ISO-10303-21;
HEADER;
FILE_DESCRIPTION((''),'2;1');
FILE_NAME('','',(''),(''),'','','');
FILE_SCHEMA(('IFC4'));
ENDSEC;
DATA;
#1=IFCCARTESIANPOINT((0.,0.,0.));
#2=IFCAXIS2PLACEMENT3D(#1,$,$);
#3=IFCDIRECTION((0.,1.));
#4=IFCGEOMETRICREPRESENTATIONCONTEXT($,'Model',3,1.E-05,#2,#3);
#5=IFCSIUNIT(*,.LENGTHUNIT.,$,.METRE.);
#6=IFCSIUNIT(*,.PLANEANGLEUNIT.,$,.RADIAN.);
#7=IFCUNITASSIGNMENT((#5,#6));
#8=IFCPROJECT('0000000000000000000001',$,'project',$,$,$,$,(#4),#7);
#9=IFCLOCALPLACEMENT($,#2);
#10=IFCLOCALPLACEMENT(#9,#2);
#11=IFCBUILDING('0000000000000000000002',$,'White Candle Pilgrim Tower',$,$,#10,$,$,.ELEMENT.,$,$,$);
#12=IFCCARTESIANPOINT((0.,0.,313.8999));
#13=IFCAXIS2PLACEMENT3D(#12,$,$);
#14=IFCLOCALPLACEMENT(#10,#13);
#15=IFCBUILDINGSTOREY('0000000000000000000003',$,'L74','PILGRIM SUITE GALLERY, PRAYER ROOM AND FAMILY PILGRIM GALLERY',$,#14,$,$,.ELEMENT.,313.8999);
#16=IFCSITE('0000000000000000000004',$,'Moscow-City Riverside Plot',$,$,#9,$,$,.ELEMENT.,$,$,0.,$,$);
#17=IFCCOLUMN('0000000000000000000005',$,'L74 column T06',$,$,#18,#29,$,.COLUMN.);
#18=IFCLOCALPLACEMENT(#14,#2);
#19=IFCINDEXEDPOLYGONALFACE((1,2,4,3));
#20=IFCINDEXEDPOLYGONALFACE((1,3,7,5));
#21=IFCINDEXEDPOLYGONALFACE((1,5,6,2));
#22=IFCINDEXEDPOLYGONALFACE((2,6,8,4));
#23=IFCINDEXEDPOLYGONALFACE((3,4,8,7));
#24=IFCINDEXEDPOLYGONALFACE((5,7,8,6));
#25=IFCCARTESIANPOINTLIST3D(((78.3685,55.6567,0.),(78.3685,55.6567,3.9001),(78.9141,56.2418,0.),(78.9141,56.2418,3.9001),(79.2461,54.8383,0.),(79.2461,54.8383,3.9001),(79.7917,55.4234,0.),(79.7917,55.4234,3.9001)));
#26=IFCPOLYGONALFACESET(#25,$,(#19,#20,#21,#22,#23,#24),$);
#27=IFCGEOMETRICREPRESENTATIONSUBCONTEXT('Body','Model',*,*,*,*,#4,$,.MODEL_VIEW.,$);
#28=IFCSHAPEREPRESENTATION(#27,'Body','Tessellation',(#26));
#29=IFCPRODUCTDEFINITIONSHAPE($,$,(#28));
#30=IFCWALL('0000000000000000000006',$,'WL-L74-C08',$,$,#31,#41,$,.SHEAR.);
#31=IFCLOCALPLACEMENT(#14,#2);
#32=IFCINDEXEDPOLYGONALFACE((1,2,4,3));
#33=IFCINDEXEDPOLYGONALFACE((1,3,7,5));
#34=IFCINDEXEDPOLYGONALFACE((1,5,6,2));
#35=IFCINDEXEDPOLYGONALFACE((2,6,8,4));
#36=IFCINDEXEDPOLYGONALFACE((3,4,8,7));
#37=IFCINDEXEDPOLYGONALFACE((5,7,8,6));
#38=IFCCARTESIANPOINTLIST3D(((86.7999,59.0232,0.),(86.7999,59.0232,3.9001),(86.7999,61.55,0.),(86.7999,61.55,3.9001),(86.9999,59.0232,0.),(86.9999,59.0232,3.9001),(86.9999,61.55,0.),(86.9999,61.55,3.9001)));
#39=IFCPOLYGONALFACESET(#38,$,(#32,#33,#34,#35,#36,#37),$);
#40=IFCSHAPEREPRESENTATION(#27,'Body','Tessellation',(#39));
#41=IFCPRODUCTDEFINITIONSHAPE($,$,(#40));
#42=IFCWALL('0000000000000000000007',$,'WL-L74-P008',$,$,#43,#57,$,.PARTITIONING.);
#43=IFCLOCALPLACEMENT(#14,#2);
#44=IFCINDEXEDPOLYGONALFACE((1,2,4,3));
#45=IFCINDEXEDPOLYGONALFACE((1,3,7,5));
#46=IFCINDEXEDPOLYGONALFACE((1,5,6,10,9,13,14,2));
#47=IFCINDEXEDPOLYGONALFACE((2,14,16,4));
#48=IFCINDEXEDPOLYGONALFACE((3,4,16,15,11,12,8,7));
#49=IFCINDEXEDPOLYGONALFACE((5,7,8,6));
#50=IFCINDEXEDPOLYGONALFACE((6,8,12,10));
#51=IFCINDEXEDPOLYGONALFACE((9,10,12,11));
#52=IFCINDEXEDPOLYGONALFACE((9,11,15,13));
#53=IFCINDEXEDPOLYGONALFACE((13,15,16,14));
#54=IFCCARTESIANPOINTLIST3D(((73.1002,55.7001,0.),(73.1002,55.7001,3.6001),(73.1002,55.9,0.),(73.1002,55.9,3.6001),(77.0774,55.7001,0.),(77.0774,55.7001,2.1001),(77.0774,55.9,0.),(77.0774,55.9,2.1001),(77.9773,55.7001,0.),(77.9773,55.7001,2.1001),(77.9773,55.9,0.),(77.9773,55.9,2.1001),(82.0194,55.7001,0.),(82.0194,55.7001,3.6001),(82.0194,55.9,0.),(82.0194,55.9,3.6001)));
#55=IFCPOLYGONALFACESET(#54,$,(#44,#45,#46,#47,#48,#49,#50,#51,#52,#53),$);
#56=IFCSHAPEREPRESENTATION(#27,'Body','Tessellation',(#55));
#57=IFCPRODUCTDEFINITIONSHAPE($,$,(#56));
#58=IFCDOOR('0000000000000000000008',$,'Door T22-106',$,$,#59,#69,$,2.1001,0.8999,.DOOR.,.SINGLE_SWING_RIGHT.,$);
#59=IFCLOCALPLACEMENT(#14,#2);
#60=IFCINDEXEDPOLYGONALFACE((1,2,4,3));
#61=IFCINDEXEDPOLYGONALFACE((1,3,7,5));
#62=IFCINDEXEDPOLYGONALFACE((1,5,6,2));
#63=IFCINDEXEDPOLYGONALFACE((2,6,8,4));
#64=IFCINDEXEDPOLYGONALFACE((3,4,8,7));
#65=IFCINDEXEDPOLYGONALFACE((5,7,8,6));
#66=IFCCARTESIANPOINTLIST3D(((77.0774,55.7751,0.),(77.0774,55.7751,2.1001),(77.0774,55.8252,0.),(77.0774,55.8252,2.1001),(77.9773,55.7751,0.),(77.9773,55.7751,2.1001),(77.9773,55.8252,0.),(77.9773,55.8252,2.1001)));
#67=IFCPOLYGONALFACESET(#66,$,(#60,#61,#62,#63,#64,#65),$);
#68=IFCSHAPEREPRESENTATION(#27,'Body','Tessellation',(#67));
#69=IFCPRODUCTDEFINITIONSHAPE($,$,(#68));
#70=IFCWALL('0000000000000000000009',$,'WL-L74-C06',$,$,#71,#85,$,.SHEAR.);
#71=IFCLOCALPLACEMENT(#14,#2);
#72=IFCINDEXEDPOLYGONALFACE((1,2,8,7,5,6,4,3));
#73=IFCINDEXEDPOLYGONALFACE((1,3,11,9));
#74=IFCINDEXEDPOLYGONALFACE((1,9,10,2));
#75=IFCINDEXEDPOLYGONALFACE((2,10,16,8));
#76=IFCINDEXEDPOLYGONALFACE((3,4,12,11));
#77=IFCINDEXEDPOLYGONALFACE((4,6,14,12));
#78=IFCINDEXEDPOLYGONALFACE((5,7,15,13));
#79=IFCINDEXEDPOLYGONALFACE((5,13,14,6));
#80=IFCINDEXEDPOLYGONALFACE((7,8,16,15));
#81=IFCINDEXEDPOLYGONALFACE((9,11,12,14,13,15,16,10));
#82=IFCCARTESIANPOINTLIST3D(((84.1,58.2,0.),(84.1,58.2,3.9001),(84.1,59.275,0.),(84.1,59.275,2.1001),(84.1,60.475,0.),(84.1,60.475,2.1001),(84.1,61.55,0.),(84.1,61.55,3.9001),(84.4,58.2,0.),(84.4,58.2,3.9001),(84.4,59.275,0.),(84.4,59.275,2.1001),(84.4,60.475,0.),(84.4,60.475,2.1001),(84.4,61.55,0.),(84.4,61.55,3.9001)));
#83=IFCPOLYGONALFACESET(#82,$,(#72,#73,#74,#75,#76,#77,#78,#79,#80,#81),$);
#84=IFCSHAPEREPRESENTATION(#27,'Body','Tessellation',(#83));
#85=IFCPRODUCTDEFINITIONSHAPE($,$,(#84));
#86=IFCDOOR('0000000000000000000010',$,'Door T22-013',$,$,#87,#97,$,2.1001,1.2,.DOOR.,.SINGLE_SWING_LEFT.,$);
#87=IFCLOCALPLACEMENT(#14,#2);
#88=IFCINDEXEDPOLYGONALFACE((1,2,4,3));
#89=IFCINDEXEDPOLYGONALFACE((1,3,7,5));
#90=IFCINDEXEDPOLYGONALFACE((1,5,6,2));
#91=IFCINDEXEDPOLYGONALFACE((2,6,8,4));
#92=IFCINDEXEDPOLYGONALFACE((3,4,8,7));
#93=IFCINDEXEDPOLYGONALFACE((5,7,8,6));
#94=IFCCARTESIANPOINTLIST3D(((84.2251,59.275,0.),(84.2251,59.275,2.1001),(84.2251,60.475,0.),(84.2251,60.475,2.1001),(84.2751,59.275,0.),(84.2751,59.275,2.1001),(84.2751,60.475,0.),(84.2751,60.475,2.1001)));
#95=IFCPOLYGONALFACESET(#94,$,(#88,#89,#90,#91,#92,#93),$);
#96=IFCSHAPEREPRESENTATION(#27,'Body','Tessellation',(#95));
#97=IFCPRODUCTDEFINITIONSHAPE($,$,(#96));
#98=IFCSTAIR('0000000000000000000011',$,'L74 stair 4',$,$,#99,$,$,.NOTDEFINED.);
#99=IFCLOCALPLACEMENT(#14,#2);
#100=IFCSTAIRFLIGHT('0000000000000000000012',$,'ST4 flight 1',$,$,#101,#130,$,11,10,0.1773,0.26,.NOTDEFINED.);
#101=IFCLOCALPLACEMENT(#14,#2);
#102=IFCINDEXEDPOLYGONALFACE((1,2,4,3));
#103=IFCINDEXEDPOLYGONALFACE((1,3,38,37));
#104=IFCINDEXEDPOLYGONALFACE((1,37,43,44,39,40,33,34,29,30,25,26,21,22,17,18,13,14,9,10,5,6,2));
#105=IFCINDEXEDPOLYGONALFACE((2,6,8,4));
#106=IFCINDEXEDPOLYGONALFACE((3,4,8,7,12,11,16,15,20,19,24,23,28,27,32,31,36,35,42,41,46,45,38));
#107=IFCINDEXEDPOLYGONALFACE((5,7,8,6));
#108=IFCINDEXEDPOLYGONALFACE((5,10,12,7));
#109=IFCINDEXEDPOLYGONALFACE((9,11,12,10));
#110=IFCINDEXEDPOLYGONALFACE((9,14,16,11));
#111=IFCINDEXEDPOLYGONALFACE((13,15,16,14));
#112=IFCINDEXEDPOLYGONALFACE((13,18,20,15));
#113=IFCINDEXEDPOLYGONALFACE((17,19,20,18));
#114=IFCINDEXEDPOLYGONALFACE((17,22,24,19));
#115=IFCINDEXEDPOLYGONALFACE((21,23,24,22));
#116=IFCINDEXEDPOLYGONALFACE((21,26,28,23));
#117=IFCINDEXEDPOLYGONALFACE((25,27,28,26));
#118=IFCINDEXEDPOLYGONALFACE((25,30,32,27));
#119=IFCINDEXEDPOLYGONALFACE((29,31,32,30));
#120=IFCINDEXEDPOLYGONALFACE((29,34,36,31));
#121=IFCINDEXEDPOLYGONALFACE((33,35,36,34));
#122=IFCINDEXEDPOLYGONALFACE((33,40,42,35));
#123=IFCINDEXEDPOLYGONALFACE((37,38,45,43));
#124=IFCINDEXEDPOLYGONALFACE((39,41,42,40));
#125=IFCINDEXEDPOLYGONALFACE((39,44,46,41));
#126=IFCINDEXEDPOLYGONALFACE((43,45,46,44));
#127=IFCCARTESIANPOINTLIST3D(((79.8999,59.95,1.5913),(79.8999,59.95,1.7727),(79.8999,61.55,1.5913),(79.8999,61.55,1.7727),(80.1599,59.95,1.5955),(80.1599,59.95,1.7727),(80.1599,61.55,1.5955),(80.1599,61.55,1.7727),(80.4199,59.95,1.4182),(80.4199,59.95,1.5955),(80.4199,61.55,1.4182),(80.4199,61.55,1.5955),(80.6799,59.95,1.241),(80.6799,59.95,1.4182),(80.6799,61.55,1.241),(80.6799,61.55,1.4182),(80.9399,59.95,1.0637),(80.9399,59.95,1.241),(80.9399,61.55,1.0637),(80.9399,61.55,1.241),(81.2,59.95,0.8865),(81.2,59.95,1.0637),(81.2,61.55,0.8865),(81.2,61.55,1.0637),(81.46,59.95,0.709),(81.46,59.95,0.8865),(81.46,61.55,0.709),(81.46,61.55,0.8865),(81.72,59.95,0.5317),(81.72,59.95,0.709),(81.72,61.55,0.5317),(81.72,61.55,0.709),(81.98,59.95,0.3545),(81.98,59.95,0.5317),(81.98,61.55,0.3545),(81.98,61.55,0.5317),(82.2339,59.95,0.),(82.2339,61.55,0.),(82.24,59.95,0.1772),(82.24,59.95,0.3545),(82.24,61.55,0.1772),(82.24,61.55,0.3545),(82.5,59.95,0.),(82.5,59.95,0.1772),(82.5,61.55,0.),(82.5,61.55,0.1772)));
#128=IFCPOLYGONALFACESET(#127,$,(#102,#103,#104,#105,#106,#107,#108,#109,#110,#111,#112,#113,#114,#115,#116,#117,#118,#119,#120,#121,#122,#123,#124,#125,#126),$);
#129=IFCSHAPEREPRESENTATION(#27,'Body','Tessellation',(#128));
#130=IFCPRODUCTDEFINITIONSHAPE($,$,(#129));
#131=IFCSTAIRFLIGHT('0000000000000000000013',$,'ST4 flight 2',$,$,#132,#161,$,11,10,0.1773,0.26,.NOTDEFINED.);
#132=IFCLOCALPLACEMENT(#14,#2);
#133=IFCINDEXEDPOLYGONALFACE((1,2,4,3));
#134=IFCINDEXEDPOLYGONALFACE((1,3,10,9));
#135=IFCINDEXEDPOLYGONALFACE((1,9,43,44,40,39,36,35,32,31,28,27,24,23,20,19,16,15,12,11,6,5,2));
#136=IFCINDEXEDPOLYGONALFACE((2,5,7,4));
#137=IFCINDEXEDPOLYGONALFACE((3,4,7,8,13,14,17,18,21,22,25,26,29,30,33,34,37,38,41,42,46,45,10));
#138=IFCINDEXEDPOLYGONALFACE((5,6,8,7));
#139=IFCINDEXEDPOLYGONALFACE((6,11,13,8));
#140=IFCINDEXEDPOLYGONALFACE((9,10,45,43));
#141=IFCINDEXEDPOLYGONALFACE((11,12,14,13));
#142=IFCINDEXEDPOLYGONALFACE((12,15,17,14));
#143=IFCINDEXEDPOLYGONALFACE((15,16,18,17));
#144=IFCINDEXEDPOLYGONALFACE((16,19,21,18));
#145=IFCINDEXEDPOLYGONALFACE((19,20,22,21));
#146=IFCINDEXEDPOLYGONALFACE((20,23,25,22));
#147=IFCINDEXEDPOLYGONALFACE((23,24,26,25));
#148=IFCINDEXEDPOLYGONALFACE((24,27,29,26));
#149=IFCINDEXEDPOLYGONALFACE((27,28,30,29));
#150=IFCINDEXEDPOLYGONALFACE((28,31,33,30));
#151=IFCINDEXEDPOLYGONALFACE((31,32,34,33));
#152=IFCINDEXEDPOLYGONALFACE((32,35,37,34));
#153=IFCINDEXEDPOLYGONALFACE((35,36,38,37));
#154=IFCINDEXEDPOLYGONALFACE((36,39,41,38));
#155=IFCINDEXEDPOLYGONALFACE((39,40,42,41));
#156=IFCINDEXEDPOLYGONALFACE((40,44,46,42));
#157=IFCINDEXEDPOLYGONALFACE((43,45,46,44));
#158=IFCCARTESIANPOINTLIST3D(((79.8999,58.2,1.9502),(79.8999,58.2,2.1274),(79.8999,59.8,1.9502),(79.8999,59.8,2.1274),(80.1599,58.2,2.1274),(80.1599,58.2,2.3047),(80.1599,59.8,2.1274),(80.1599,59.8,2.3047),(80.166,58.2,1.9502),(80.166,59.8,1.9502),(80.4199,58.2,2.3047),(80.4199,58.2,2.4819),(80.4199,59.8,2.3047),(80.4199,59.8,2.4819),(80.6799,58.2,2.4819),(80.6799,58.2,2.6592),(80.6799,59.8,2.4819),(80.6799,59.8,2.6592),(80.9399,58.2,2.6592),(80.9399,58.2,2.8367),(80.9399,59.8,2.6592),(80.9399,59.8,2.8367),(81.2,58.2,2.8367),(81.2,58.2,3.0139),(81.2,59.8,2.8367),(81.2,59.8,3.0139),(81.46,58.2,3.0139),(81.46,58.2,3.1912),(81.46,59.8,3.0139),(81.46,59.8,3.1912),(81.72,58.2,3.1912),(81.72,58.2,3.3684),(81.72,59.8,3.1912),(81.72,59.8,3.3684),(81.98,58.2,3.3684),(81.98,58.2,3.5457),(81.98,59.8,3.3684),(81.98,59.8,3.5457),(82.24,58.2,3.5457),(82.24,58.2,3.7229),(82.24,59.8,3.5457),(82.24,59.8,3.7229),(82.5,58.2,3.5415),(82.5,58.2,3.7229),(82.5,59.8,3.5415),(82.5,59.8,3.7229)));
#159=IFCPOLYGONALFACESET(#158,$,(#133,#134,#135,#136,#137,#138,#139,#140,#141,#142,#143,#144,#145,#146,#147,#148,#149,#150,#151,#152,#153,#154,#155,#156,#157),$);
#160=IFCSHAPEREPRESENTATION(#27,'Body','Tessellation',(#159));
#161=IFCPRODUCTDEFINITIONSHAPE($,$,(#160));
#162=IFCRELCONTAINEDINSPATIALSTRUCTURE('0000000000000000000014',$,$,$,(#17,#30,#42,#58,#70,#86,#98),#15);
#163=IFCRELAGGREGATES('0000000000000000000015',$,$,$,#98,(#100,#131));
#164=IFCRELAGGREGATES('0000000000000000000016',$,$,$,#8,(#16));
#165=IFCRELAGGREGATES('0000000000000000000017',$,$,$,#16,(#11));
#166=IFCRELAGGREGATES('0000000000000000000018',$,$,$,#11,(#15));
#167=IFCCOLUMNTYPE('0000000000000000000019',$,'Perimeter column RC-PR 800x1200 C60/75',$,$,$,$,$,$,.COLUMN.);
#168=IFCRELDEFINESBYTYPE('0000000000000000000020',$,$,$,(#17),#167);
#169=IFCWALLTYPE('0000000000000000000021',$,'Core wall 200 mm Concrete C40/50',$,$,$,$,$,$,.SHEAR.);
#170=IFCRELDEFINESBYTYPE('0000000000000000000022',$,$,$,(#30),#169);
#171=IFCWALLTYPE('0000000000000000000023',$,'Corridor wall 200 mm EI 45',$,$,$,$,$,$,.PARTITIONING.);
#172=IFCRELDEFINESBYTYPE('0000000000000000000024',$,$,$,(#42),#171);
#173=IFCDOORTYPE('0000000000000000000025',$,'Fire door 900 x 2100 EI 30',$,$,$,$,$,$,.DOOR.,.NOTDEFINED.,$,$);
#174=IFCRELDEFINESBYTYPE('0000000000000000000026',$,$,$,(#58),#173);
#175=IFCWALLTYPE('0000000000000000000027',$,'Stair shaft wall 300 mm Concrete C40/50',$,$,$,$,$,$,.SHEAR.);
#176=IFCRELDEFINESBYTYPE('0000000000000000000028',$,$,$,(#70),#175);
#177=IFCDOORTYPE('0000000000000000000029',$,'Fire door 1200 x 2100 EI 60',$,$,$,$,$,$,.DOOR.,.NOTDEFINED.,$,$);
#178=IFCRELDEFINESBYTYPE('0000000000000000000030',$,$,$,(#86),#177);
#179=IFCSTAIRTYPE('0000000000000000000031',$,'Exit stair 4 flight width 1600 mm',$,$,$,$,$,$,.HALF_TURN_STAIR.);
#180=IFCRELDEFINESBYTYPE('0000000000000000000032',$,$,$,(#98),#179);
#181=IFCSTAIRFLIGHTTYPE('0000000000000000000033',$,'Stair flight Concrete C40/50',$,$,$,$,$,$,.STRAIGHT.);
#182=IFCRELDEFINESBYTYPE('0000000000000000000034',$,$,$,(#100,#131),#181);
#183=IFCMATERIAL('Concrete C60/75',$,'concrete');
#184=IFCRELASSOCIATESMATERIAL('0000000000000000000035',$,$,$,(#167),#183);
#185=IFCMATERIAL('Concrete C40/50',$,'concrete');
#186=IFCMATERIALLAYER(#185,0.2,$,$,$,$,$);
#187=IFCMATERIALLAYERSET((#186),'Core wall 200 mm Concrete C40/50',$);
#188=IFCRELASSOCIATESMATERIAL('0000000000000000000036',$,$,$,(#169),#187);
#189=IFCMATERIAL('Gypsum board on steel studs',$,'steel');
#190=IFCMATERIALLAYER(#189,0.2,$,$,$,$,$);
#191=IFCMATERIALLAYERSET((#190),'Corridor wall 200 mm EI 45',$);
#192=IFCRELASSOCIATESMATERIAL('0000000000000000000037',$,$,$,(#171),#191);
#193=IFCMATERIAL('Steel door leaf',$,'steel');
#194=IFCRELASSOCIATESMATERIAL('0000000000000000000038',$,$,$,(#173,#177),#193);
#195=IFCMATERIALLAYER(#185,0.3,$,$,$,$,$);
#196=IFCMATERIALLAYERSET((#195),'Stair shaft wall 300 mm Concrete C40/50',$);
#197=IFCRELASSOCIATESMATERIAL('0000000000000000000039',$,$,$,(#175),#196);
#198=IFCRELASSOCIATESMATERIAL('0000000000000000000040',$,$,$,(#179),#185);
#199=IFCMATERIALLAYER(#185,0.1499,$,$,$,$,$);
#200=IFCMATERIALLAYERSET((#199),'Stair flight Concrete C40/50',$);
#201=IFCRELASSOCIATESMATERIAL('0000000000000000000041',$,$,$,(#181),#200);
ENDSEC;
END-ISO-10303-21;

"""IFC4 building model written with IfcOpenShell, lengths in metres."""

from ifc_helpers import new_model, si_unit, direction, frame, frame_2d, origin, origin_2d, place, context, subcontext, project, spatial, polyline, rectangle, outline, extrude, material, layer, layer_set, material_profile, profile_set, type_object, element, fill, aggregate, save


model = new_model("IFC4")

# Units and contexts
model_context = context("Model", 3, precision=1e-05, world=origin(), true_north=direction((0.0, 1.0)))
body_context = subcontext(model_context, "Body", "Model", "MODEL_VIEW")
ifc_project = project(units=[si_unit("LENGTHUNIT", "METRE"), si_unit("PLANEANGLEUNIT", "RADIAN")], contexts=[model_context])

# Site, building, storey
site_placement = place(None, origin())
site = spatial("IfcSite", under=ifc_project, at=site_placement, Name="Moscow-City Riverside Plot", CompositionType="ELEMENT", RefElevation=0.0)
building_placement = place(site_placement, origin())
building = spatial("IfcBuilding", under=site, at=building_placement, Name="White Candle Pilgrim Tower", CompositionType="ELEMENT")
storey_placement = place(building_placement, frame((0.0, 0.0, 313.8999)))
storey = spatial("IfcBuildingStorey", under=building, at=storey_placement, Name="L74", Description="PILGRIM SUITE GALLERY, PRAYER ROOM AND FAMILY PILGRIM GALLERY", CompositionType="ELEMENT", Elevation=313.8999)

# Column
ifc_material_1 = material(Name="Concrete C60/75", Category="concrete")
ifc_material_profile = material_profile(ifc_material_1, rectangle(XDim=0.8, YDim=1.2, at=origin_2d()), Name="RC-PR 800x1200")
ifc_profile_set = profile_set([ifc_material_profile], Name="Concrete C60/75")
column_type = type_object("IfcColumnType", Name="Perimeter column RC-PR 800x1200 C60/75", PredefinedType="COLUMN", material=ifc_profile_set)
column_placement = place(storey_placement, frame((79.0801, 55.54, 0.0), z_axis=(0.0, 0.0, 1.0), x_axis=(-0.681998, -0.731354, 0.0)))
element("IfcColumn", 1, at=column_placement, inside=storey, type_object=column_type, Name="L74 column T06", PredefinedType="COLUMN", context=body_context, shape_type="SweptSolid", body=[
    extrude(rectangle(XDim=0.8, YDim=1.2, at=origin_2d()), origin(), (0.0, 0.0, 1.0), 3.9001),
])

# Wall
ifc_material_2 = material(Name="Concrete C40/50", Category="concrete")
ifc_layer_1 = layer(ifc_material_2, 0.2)
ifc_layer_set_1 = layer_set([ifc_layer_1], Name="Core wall 200 mm Concrete C40/50")
wall_type_1 = type_object("IfcWallType", Name="Core wall 200 mm Concrete C40/50", PredefinedType="SHEAR", material=ifc_layer_set_1)
wall_1_placement = place(storey_placement, frame((86.8999, 59.0232, 0.0), z_axis=(0.0, 0.0, 1.0), x_axis=(0.0, 1.0, 0.0)))
element("IfcWall", 2, at=wall_1_placement, inside=storey, type_object=wall_type_1, Name="WL-L74-C08", PredefinedType="SHEAR", context=body_context, shape_type="SweptSolid", body=[
    extrude(rectangle(XDim=2.5269, YDim=0.2, at=frame_2d((1.2634, 0.0))), origin(), (0.0, 0.0, 1.0), 3.9001),
])

# Walls, openings, doors
ifc_material_3 = material(Name="Gypsum board on steel studs", Category="steel")
ifc_layer_2 = layer(ifc_material_3, 0.2)
ifc_layer_set_2 = layer_set([ifc_layer_2], Name="Corridor wall 200 mm EI 45")
wall_type_2 = type_object("IfcWallType", Name="Corridor wall 200 mm EI 45", PredefinedType="PARTITIONING", material=ifc_layer_set_2)
wall_2_placement = place(storey_placement, frame((82.0193, 55.8, 0.0), z_axis=(0.0, 0.0, 1.0), x_axis=(-1.0, 0.0, 0.0)))
wall_2 = element("IfcWall", 3, at=wall_2_placement, inside=storey, type_object=wall_type_2, Name="WL-L74-P008", PredefinedType="PARTITIONING", context=body_context, shape_type="SweptSolid", body=[
    extrude(rectangle(XDim=8.9192, YDim=0.2, at=frame_2d((4.4595, 0.0))), origin(), (0.0, 0.0, 1.0), 3.6001),
])
opening_1_placement = place(wall_2_placement, frame((4.042, 0.0, 0.0)))
opening_1 = element("IfcOpeningElement", 4, at=opening_1_placement, cuts=wall_2, PredefinedType="OPENING", context=body_context, shape_type="SweptSolid", body=[
    extrude(rectangle(XDim=0.8999, YDim=2.1001, at=frame_2d((0.45, 1.05))), frame((0.0, 0.1099, 0.0), z_axis=(0.0, -1.0, 0.0), x_axis=(1.0, 0.0, 0.0)), (0.0, 0.0, 1.0), 0.22),
])
ifc_material_4 = material(Name="Steel door leaf", Category="steel")
door_type_1 = type_object("IfcDoorType", Name="Fire door 900 x 2100 EI 30", OperationType="NOTDEFINED", PredefinedType="DOOR", material=ifc_material_4)
door_1_placement = place(opening_1_placement, origin())
door_1 = element("IfcDoor", 5, at=door_1_placement, inside=storey, type_object=door_type_1, Name="Door T22-106", OperationType="SINGLE_SWING_RIGHT", OverallHeight=2.1001, OverallWidth=0.8999, PredefinedType="DOOR", context=body_context, shape_type="SweptSolid", body=[
    extrude(rectangle(XDim=0.8999, YDim=2.1001, at=frame_2d((0.45, 1.05))), frame((0.0, 0.0249, 0.0), z_axis=(0.0, -1.0, 0.0), x_axis=(1.0, 0.0, 0.0)), (0.0, 0.0, 1.0), 0.05),
])
fill(opening_1, door_1)
ifc_layer_3 = layer(ifc_material_2, 0.3)
ifc_layer_set_3 = layer_set([ifc_layer_3], Name="Stair shaft wall 300 mm Concrete C40/50")
wall_type_3 = type_object("IfcWallType", Name="Stair shaft wall 300 mm Concrete C40/50", PredefinedType="SHEAR", material=ifc_layer_set_3)
wall_3_placement = place(storey_placement, frame((84.25, 58.2, 0.0), z_axis=(0.0, 0.0, 1.0), x_axis=(0.0, 1.0, 0.0)))
wall_3 = element("IfcWall", 6, at=wall_3_placement, inside=storey, type_object=wall_type_3, Name="WL-L74-C06", PredefinedType="SHEAR", context=body_context, shape_type="SweptSolid", body=[
    extrude(rectangle(XDim=3.3501, YDim=0.3, at=frame_2d((1.675, 0.0))), origin(), (0.0, 0.0, 1.0), 3.9001),
])
opening_2_placement = place(wall_3_placement, frame((1.075, 0.0, 0.0)))
opening_2 = element("IfcOpeningElement", 7, at=opening_2_placement, cuts=wall_3, PredefinedType="OPENING", context=body_context, shape_type="SweptSolid", body=[
    extrude(rectangle(XDim=1.2, YDim=2.1001, at=frame_2d((0.6001, 1.05))), frame((0.0, 0.1599, 0.0), z_axis=(0.0, -1.0, 0.0), x_axis=(1.0, 0.0, 0.0)), (0.0, 0.0, 1.0), 0.3201),
])
door_type_2 = type_object("IfcDoorType", Name="Fire door 1200 x 2100 EI 60", OperationType="NOTDEFINED", PredefinedType="DOOR", material=ifc_material_4)
door_2_placement = place(opening_2_placement, origin())
door_2 = element("IfcDoor", 8, at=door_2_placement, inside=storey, type_object=door_type_2, Name="Door T22-013", OperationType="SINGLE_SWING_LEFT", OverallHeight=2.1001, OverallWidth=1.2, PredefinedType="DOOR", context=body_context, shape_type="SweptSolid", body=[
    extrude(rectangle(XDim=1.2, YDim=2.1001, at=frame_2d((0.6001, 1.05))), frame((0.0, 0.0249, 0.0), z_axis=(0.0, -1.0, 0.0), x_axis=(1.0, 0.0, 0.0)), (0.0, 0.0, 1.0), 0.05),
])
fill(opening_2, door_2)

# Stair, stair flights
stair_type = type_object("IfcStairType", Name="Exit stair 4 flight width 1600 mm", PredefinedType="HALF_TURN_STAIR", material=ifc_material_2)
stair_placement = place(storey_placement, origin())
stair = element("IfcStair", 9, at=stair_placement, inside=storey, type_object=stair_type, Name="L74 stair 4", PredefinedType="NOTDEFINED")
ifc_layer_4 = layer(ifc_material_2, 0.1499)
ifc_layer_set_4 = layer_set([ifc_layer_4], Name="Stair flight Concrete C40/50")
stair_flight_type = type_object("IfcStairFlightType", Name="Stair flight Concrete C40/50", PredefinedType="STRAIGHT", material=ifc_layer_set_4)
stair_flight_1_placement = place(storey_placement, frame((82.5, 60.75, 0.0), z_axis=(0.0, 0.0, 1.0), x_axis=(-1.0, 0.0, 0.0)))
stair_flight_1 = element("IfcStairFlight", 10, at=stair_flight_1_placement, type_object=stair_flight_type, Name="ST4 flight 1", NumberOfRisers=11, NumberOfTreads=10, PredefinedType="NOTDEFINED", RiserHeight=0.1773, TreadLength=0.26, context=body_context, shape_type="SweptSolid", body=[
    extrude(outline(polyline([(0.0, 0.0), (0.0, 0.1772), (0.26, 0.1772), (0.26, 0.3545), (0.52, 0.3545), (0.52, 0.5317), (0.78, 0.5317), (0.78, 0.709), (1.04, 0.709), (1.04, 0.8865), (1.3, 0.8865), (1.3, 1.0637), (1.5601, 1.0637), (1.5601, 1.241), (1.8201, 1.241), (1.8201, 1.4182), (2.0801, 1.4182), (2.0801, 1.5955), (2.3401, 1.5955), (2.3401, 1.7727), (2.6001, 1.7727), (2.6001, 1.95), (2.6001, 1.5913), (0.2661, 0.0), (0.0, 0.0)])), frame((0.0, 0.8, 0.0), z_axis=(0.0, -1.0, 0.0), x_axis=(1.0, 0.0, 0.0)), (0.0, 0.0, 1.0), 1.6001),
])
stair_flight_2_placement = place(storey_placement, frame((79.8999, 59.0, 1.9502), z_axis=(0.0, 0.0, 1.0), x_axis=(1.0, 0.0, 0.0)))
stair_flight_2 = element("IfcStairFlight", 11, at=stair_flight_2_placement, type_object=stair_flight_type, Name="ST4 flight 2", NumberOfRisers=11, NumberOfTreads=10, PredefinedType="NOTDEFINED", RiserHeight=0.1773, TreadLength=0.26, context=body_context, shape_type="SweptSolid", body=[
    extrude(outline(polyline([(0.0, 0.0), (0.0, 0.1772), (0.26, 0.1772), (0.26, 0.3545), (0.52, 0.3545), (0.52, 0.5317), (0.78, 0.5317), (0.78, 0.709), (1.04, 0.709), (1.04, 0.8865), (1.3, 0.8865), (1.3, 1.0637), (1.5601, 1.0637), (1.5601, 1.241), (1.8201, 1.241), (1.8201, 1.4182), (2.0801, 1.4182), (2.0801, 1.5955), (2.3401, 1.5955), (2.3401, 1.7727), (2.6001, 1.7727), (2.6001, 1.95), (2.6001, 1.5913), (0.2661, 0.0), (0.0, 0.0)])), frame((0.0, 0.8, 0.0), z_axis=(0.0, -1.0, 0.0), x_axis=(1.0, 0.0, 0.0)), (0.0, 0.0, 1.0), 1.6001),
])
aggregate(stair, [stair_flight_1, stair_flight_2])

save(model, "model.ifc")
